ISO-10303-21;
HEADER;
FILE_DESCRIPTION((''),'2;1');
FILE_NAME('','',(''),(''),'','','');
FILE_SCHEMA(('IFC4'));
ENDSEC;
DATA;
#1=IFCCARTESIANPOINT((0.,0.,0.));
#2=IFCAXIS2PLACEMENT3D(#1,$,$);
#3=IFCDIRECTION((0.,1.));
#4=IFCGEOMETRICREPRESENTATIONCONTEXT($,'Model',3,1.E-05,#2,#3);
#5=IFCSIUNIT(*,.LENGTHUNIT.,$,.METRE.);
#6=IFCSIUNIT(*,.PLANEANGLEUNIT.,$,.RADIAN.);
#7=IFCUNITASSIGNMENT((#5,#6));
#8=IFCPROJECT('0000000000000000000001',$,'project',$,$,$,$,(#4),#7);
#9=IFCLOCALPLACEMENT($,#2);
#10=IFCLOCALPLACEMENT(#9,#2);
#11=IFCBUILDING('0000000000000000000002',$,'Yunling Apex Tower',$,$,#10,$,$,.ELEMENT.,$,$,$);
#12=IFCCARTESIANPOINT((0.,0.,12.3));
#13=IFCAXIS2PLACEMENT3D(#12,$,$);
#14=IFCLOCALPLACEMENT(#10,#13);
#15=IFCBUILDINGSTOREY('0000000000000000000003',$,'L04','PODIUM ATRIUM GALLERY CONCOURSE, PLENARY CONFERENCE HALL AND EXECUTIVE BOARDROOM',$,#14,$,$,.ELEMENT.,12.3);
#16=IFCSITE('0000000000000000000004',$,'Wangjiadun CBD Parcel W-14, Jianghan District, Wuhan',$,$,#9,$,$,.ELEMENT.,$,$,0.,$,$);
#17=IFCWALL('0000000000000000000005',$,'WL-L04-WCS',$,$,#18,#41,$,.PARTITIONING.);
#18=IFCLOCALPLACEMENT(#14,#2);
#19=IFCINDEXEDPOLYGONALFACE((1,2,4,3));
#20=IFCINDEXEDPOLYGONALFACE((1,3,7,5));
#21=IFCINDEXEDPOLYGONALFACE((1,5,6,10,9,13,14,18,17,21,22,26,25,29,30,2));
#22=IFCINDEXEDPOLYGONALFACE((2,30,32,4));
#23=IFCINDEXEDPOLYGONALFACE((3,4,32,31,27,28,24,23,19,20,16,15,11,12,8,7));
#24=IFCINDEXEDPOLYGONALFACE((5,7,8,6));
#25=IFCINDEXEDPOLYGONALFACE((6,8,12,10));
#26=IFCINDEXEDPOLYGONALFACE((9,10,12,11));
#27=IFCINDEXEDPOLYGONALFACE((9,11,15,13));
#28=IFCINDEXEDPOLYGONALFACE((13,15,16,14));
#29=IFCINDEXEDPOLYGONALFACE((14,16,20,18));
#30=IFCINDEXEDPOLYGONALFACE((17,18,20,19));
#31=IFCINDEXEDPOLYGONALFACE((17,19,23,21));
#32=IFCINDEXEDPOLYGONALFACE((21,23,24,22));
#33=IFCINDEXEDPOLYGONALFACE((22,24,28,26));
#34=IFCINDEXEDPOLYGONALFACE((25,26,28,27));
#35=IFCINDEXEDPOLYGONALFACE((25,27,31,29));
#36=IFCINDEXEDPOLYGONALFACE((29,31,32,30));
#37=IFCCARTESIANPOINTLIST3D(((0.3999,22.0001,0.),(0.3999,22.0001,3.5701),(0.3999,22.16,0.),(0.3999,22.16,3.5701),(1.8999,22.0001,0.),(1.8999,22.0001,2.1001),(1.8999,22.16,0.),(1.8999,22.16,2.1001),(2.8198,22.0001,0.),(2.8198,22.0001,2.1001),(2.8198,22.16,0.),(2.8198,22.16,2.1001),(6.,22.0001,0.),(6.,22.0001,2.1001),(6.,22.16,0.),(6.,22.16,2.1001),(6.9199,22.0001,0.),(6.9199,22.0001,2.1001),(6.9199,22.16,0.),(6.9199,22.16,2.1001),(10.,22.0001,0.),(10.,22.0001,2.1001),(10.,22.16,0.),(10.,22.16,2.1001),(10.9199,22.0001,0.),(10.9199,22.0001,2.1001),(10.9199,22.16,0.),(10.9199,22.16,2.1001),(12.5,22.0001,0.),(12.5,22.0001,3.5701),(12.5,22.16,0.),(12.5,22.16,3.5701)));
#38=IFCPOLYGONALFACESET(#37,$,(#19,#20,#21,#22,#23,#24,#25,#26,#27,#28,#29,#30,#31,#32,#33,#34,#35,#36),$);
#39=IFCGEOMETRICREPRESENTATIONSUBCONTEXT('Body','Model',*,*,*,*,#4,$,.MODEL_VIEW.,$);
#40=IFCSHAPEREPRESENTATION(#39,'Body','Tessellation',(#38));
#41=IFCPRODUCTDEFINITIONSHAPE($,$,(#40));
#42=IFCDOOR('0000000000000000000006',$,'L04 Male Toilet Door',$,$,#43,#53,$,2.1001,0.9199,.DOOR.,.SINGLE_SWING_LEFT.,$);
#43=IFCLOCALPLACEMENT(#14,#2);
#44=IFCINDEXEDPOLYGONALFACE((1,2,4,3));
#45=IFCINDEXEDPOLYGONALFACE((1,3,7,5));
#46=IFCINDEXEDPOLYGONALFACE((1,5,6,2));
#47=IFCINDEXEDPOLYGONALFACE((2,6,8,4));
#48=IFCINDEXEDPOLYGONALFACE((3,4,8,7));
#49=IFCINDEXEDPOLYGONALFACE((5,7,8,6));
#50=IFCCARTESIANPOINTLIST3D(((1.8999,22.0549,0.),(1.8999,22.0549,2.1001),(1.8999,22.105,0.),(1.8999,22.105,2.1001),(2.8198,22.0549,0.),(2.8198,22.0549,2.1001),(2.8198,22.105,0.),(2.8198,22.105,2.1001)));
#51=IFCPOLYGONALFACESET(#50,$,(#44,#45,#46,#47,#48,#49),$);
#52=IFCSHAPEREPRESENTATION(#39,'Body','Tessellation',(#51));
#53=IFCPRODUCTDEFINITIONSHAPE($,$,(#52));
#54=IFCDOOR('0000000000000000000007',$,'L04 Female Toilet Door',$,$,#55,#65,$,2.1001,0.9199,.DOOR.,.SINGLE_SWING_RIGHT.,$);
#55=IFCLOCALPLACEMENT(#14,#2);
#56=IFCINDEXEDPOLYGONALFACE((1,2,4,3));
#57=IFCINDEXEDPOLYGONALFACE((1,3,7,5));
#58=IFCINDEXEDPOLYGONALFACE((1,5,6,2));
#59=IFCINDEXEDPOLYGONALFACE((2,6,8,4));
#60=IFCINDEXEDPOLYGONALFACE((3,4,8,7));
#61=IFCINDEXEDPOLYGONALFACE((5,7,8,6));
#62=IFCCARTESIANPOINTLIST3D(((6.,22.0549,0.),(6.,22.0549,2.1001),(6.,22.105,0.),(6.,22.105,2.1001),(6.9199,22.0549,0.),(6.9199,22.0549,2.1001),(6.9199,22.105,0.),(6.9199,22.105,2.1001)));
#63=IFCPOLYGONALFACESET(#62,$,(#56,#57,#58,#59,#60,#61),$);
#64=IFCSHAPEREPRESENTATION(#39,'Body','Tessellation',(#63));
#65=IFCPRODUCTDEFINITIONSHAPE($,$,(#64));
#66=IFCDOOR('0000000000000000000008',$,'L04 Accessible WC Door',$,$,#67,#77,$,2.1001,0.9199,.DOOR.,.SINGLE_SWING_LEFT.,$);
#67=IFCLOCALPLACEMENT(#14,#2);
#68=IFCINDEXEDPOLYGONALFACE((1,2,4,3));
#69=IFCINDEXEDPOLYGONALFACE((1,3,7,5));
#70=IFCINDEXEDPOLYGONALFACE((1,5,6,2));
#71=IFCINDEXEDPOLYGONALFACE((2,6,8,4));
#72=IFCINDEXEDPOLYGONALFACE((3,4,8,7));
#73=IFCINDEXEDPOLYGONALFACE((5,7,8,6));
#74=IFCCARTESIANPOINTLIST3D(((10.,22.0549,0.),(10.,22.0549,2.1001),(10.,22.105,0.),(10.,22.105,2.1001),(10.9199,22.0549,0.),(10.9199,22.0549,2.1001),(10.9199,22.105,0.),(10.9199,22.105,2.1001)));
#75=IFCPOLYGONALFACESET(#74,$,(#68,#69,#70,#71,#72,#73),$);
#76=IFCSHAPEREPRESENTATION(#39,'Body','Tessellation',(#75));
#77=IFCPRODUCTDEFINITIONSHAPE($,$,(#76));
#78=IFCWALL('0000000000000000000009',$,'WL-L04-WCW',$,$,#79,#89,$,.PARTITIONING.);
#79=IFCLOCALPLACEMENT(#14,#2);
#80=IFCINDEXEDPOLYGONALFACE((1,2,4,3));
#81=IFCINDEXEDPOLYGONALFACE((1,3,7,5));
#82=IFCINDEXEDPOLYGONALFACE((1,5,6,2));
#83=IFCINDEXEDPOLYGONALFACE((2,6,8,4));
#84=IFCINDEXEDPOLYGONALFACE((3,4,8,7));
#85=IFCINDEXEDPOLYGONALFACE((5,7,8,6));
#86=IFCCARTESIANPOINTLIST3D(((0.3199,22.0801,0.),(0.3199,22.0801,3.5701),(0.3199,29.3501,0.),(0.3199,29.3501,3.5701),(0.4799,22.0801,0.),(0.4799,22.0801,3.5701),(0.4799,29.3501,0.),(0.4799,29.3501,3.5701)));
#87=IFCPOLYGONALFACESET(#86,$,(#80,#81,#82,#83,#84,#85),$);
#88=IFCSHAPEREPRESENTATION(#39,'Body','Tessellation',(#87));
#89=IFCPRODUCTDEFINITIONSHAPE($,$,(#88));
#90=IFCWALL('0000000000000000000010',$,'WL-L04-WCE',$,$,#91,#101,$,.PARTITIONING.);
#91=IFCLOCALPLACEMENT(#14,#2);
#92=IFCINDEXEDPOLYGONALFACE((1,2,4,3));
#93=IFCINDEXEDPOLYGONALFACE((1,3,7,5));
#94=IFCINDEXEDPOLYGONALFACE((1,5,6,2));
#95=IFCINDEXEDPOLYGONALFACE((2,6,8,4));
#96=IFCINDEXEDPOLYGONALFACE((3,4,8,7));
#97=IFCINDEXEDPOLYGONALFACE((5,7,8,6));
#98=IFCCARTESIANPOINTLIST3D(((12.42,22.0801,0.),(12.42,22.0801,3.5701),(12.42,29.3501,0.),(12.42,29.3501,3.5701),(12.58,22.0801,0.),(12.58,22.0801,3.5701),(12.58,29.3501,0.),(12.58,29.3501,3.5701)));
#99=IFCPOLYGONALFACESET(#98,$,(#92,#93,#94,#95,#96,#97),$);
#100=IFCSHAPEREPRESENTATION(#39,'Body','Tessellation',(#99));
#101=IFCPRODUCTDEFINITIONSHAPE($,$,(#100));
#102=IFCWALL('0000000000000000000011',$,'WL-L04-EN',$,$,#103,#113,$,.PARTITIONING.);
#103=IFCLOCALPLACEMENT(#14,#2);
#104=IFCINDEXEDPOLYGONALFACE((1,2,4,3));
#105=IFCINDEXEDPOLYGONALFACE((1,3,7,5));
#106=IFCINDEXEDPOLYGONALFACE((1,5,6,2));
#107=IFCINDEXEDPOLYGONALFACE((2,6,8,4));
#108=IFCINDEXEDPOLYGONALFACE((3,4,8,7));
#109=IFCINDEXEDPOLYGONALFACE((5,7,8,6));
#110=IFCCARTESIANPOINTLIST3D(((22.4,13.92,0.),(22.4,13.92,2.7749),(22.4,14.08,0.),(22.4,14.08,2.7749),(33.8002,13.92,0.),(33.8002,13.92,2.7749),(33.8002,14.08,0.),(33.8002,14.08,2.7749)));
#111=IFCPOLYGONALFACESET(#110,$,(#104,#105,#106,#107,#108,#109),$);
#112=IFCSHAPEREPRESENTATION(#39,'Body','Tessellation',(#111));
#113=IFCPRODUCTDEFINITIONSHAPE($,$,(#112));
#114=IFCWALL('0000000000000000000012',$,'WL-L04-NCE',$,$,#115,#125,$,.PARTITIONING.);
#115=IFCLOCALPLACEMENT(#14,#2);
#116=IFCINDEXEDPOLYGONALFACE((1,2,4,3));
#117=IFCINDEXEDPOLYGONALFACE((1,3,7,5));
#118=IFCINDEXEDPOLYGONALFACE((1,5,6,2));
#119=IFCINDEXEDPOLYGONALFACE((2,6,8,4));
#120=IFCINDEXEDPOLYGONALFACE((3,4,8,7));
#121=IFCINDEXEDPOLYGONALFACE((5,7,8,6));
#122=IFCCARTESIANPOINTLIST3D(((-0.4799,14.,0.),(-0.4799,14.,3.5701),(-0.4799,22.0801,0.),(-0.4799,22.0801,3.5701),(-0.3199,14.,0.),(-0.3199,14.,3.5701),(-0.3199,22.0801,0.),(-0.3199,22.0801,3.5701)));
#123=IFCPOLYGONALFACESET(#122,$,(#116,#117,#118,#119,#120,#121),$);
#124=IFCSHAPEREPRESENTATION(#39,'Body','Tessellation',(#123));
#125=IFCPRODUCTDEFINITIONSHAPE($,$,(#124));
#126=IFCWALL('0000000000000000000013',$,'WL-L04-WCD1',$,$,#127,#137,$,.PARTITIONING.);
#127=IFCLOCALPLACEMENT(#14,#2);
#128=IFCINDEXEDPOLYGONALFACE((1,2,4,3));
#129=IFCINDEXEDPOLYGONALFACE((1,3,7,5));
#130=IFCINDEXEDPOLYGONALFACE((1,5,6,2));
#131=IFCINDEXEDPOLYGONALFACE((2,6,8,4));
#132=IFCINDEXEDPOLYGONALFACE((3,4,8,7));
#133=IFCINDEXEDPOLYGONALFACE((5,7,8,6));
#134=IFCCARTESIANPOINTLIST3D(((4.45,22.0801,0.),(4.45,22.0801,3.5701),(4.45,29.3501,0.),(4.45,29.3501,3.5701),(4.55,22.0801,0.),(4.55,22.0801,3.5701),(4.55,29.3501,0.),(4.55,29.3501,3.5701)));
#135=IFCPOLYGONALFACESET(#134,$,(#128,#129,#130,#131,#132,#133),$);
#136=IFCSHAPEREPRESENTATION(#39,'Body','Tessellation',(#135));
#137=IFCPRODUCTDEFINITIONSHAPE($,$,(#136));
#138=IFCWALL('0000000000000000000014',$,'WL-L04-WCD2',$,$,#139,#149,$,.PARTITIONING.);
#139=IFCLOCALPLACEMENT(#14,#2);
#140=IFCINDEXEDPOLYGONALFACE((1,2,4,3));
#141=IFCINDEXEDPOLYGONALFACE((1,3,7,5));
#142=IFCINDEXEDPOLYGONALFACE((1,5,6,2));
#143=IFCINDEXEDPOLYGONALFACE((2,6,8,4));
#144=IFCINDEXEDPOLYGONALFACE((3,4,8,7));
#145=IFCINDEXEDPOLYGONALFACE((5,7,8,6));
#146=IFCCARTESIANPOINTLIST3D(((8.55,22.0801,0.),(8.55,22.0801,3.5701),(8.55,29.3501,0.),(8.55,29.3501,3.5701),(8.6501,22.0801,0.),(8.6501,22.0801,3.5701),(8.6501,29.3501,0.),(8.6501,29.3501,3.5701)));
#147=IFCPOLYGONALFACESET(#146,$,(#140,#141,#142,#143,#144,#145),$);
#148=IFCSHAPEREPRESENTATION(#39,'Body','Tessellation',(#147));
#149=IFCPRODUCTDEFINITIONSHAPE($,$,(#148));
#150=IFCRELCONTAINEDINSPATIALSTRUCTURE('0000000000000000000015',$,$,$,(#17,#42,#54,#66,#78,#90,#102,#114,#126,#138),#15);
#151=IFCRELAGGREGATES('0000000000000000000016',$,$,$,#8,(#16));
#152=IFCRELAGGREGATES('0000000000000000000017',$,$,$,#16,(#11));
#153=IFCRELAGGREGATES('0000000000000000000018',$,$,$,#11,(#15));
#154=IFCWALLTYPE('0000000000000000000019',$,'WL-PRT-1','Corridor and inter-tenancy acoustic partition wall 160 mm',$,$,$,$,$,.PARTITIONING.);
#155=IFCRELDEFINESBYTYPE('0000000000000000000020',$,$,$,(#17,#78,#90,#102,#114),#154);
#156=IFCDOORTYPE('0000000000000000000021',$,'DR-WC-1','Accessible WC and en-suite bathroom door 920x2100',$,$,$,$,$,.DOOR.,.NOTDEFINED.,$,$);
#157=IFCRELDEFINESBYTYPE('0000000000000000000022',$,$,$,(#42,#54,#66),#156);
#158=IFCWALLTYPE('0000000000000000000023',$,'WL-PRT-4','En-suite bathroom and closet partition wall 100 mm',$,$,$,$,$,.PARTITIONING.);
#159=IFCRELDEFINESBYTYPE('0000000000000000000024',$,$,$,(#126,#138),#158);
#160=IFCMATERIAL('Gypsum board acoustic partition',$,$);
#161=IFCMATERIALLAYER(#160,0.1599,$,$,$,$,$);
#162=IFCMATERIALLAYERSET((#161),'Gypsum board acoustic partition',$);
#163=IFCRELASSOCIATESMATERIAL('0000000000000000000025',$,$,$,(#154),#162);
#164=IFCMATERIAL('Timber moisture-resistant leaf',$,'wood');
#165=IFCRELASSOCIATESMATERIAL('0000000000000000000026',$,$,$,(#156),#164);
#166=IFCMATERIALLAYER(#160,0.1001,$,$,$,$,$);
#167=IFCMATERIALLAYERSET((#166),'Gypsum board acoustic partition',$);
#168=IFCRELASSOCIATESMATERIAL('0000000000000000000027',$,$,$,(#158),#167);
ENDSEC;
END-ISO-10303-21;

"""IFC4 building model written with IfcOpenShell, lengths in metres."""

from ifc_helpers import new_model, si_unit, direction, frame, frame_2d, origin, place, context, subcontext, project, spatial, rectangle, extrude, material, layer, layer_set, type_object, element, fill, save


model = new_model("IFC4")

# Units and contexts
model_context = context("Model", 3, precision=1e-05, world=origin(), true_north=direction((0.0, 1.0)))
body_context = subcontext(model_context, "Body", "Model", "MODEL_VIEW")
ifc_project = project(units=[si_unit("LENGTHUNIT", "METRE"), si_unit("PLANEANGLEUNIT", "RADIAN")], contexts=[model_context])

# Site, building, storey
site_placement = place(None, origin())
site = spatial("IfcSite", under=ifc_project, at=site_placement, Name="Wangjiadun CBD Parcel W-14, Jianghan District, Wuhan", CompositionType="ELEMENT", RefElevation=0.0)
building_placement = place(site_placement, origin())
building = spatial("IfcBuilding", under=site, at=building_placement, Name="Yunling Apex Tower", CompositionType="ELEMENT")
storey_placement = place(building_placement, frame((0.0, 0.0, 12.3)))
storey = spatial("IfcBuildingStorey", under=building, at=storey_placement, Name="L04", Description="PODIUM ATRIUM GALLERY CONCOURSE, PLENARY CONFERENCE HALL AND EXECUTIVE BOARDROOM", CompositionType="ELEMENT", Elevation=12.3)

# Wall, openings, doors
ifc_material_1 = material(Name="Gypsum board acoustic partition")
ifc_layer_1 = layer(ifc_material_1, 0.1599)
ifc_layer_set_1 = layer_set([ifc_layer_1], Name="Gypsum board acoustic partition")
wall_type_1 = type_object("IfcWallType", Name="WL-PRT-1", Description="Corridor and inter-tenancy acoustic partition wall 160 mm", PredefinedType="PARTITIONING", material=ifc_layer_set_1)
wall_1_placement = place(storey_placement, frame((0.3999, 22.0801, 0.0), z_axis=(0.0, 0.0, 1.0), x_axis=(1.0, 0.0, 0.0)))
wall_1 = element("IfcWall", 1, at=wall_1_placement, inside=storey, type_object=wall_type_1, Name="WL-L04-WCS", PredefinedType="PARTITIONING", context=body_context, shape_type="SweptSolid", body=[
    extrude(rectangle(XDim=12.1001, YDim=0.1599, at=frame_2d((6.05, 0.0))), origin(), (0.0, 0.0, 1.0), 3.5701),
])
opening_1_placement = place(wall_1_placement, frame((1.5, 0.0, 0.0)))
opening_1 = element("IfcOpeningElement", 2, at=opening_1_placement, cuts=wall_1, PredefinedType="OPENING", context=body_context, shape_type="SweptSolid", body=[
    extrude(rectangle(XDim=0.9199, YDim=2.1001, at=frame_2d((0.46, 1.05))), frame((0.0, 0.0898, 0.0), z_axis=(0.0, -1.0, 0.0), x_axis=(1.0, 0.0, 0.0)), (0.0, 0.0, 1.0), 0.1799),
])
opening_2_placement = place(wall_1_placement, frame((5.6001, 0.0, 0.0)))
opening_2 = element("IfcOpeningElement", 3, at=opening_2_placement, cuts=wall_1, PredefinedType="OPENING", context=body_context, shape_type="SweptSolid", body=[
    extrude(rectangle(XDim=0.9199, YDim=2.1001, at=frame_2d((0.46, 1.05))), frame((0.0, 0.0898, 0.0), z_axis=(0.0, -1.0, 0.0), x_axis=(1.0, 0.0, 0.0)), (0.0, 0.0, 1.0), 0.1799),
])
opening_3_placement = place(wall_1_placement, frame((9.6001, 0.0, 0.0)))
opening_3 = element("IfcOpeningElement", 4, at=opening_3_placement, cuts=wall_1, PredefinedType="OPENING", context=body_context, shape_type="SweptSolid", body=[
    extrude(rectangle(XDim=0.9199, YDim=2.1001, at=frame_2d((0.46, 1.05))), frame((0.0, 0.0898, 0.0), z_axis=(0.0, -1.0, 0.0), x_axis=(1.0, 0.0, 0.0)), (0.0, 0.0, 1.0), 0.1799),
])
ifc_material_2 = material(Name="Timber moisture-resistant leaf", Category="wood")
door_type = type_object("IfcDoorType", Name="DR-WC-1", Description="Accessible WC and en-suite bathroom door 920x2100", OperationType="NOTDEFINED", PredefinedType="DOOR", material=ifc_material_2)
door_1_placement = place(opening_1_placement, origin())
door_1 = element("IfcDoor", 5, at=door_1_placement, inside=storey, type_object=door_type, Name="L04 Male Toilet Door", OperationType="SINGLE_SWING_LEFT", OverallHeight=2.1001, OverallWidth=0.9199, PredefinedType="DOOR", context=body_context, shape_type="SweptSolid", body=[
    extrude(rectangle(XDim=0.9199, YDim=2.1001, at=frame_2d((0.46, 1.05))), frame((0.0, 0.0249, 0.0), z_axis=(0.0, -1.0, 0.0), x_axis=(1.0, 0.0, 0.0)), (0.0, 0.0, 1.0), 0.05),
])
fill(opening_1, door_1)
door_2_placement = place(opening_2_placement, origin())
door_2 = element("IfcDoor", 6, at=door_2_placement, inside=storey, type_object=door_type, Name="L04 Female Toilet Door", OperationType="SINGLE_SWING_RIGHT", OverallHeight=2.1001, OverallWidth=0.9199, PredefinedType="DOOR", context=body_context, shape_type="SweptSolid", body=[
    extrude(rectangle(XDim=0.9199, YDim=2.1001, at=frame_2d((0.46, 1.05))), frame((0.0, 0.0249, 0.0), z_axis=(0.0, -1.0, 0.0), x_axis=(1.0, 0.0, 0.0)), (0.0, 0.0, 1.0), 0.05),
])
fill(opening_2, door_2)
door_3_placement = place(opening_3_placement, origin())
door_3 = element("IfcDoor", 7, at=door_3_placement, inside=storey, type_object=door_type, Name="L04 Accessible WC Door", OperationType="SINGLE_SWING_LEFT", OverallHeight=2.1001, OverallWidth=0.9199, PredefinedType="DOOR", context=body_context, shape_type="SweptSolid", body=[
    extrude(rectangle(XDim=0.9199, YDim=2.1001, at=frame_2d((0.46, 1.05))), frame((0.0, 0.0249, 0.0), z_axis=(0.0, -1.0, 0.0), x_axis=(1.0, 0.0, 0.0)), (0.0, 0.0, 1.0), 0.05),
])
fill(opening_3, door_3)

# Walls
for number, where, z_axis, x_axis, name in (
    (8, (0.3999, 22.0801, 0.0), (0.0, 0.0, 1.0), (0.0, 1.0, 0.0), "WL-L04-WCW"),
    (9, (12.5, 22.0801, 0.0), (0.0, 0.0, 1.0), (0.0, 1.0, 0.0), "WL-L04-WCE"),
):
    element("IfcWall", number, at=place(storey_placement, frame(where, z_axis=z_axis, x_axis=x_axis)), inside=storey, type_object=wall_type_1, Name=name, PredefinedType="PARTITIONING", context=body_context, shape_type="SweptSolid", body=[
        extrude(rectangle(XDim=7.27, YDim=0.1599, at=frame_2d((3.635, 0.0))), origin(), (0.0, 0.0, 1.0), 3.5701),
    ])
wall_2_placement = place(storey_placement, frame((22.3999, 14.0, 0.0), z_axis=(0.0, 0.0, 1.0), x_axis=(1.0, 0.0, 0.0)))
element("IfcWall", 10, at=wall_2_placement, inside=storey, type_object=wall_type_1, Name="WL-L04-EN", PredefinedType="PARTITIONING", context=body_context, shape_type="SweptSolid", body=[
    extrude(rectangle(XDim=11.4001, YDim=0.1599, at=frame_2d((5.7002, 0.0))), origin(), (0.0, 0.0, 1.0), 2.7749),
])
wall_3_placement = place(storey_placement, frame((-0.3999, 14.0, 0.0), z_axis=(0.0, 0.0, 1.0), x_axis=(0.0, 1.0, 0.0)))
element("IfcWall", 11, at=wall_3_placement, inside=storey, type_object=wall_type_1, Name="WL-L04-NCE", PredefinedType="PARTITIONING", context=body_context, shape_type="SweptSolid", body=[
    extrude(rectangle(XDim=8.0801, YDim=0.1599, at=frame_2d((4.04, 0.0))), origin(), (0.0, 0.0, 1.0), 3.5701),
])
ifc_layer_2 = layer(ifc_material_1, 0.1001)
ifc_layer_set_2 = layer_set([ifc_layer_2], Name="Gypsum board acoustic partition")
wall_type_2 = type_object("IfcWallType", Name="WL-PRT-4", Description="En-suite bathroom and closet partition wall 100 mm", PredefinedType="PARTITIONING", material=ifc_layer_set_2)
for number, where, z_axis, x_axis, name in (
    (12, (4.5, 22.0801, 0.0), (0.0, 0.0, 1.0), (0.0, 1.0, 0.0), "WL-L04-WCD1"),
    (13, (8.6001, 22.0801, 0.0), (0.0, 0.0, 1.0), (0.0, 1.0, 0.0), "WL-L04-WCD2"),
):
    element("IfcWall", number, at=place(storey_placement, frame(where, z_axis=z_axis, x_axis=x_axis)), inside=storey, type_object=wall_type_2, Name=name, PredefinedType="PARTITIONING", context=body_context, shape_type="SweptSolid", body=[
        extrude(rectangle(XDim=7.27, YDim=0.1001, at=frame_2d((3.635, 0.0))), origin(), (0.0, 0.0, 1.0), 3.5701),
    ])

save(model, "model.ifc")
